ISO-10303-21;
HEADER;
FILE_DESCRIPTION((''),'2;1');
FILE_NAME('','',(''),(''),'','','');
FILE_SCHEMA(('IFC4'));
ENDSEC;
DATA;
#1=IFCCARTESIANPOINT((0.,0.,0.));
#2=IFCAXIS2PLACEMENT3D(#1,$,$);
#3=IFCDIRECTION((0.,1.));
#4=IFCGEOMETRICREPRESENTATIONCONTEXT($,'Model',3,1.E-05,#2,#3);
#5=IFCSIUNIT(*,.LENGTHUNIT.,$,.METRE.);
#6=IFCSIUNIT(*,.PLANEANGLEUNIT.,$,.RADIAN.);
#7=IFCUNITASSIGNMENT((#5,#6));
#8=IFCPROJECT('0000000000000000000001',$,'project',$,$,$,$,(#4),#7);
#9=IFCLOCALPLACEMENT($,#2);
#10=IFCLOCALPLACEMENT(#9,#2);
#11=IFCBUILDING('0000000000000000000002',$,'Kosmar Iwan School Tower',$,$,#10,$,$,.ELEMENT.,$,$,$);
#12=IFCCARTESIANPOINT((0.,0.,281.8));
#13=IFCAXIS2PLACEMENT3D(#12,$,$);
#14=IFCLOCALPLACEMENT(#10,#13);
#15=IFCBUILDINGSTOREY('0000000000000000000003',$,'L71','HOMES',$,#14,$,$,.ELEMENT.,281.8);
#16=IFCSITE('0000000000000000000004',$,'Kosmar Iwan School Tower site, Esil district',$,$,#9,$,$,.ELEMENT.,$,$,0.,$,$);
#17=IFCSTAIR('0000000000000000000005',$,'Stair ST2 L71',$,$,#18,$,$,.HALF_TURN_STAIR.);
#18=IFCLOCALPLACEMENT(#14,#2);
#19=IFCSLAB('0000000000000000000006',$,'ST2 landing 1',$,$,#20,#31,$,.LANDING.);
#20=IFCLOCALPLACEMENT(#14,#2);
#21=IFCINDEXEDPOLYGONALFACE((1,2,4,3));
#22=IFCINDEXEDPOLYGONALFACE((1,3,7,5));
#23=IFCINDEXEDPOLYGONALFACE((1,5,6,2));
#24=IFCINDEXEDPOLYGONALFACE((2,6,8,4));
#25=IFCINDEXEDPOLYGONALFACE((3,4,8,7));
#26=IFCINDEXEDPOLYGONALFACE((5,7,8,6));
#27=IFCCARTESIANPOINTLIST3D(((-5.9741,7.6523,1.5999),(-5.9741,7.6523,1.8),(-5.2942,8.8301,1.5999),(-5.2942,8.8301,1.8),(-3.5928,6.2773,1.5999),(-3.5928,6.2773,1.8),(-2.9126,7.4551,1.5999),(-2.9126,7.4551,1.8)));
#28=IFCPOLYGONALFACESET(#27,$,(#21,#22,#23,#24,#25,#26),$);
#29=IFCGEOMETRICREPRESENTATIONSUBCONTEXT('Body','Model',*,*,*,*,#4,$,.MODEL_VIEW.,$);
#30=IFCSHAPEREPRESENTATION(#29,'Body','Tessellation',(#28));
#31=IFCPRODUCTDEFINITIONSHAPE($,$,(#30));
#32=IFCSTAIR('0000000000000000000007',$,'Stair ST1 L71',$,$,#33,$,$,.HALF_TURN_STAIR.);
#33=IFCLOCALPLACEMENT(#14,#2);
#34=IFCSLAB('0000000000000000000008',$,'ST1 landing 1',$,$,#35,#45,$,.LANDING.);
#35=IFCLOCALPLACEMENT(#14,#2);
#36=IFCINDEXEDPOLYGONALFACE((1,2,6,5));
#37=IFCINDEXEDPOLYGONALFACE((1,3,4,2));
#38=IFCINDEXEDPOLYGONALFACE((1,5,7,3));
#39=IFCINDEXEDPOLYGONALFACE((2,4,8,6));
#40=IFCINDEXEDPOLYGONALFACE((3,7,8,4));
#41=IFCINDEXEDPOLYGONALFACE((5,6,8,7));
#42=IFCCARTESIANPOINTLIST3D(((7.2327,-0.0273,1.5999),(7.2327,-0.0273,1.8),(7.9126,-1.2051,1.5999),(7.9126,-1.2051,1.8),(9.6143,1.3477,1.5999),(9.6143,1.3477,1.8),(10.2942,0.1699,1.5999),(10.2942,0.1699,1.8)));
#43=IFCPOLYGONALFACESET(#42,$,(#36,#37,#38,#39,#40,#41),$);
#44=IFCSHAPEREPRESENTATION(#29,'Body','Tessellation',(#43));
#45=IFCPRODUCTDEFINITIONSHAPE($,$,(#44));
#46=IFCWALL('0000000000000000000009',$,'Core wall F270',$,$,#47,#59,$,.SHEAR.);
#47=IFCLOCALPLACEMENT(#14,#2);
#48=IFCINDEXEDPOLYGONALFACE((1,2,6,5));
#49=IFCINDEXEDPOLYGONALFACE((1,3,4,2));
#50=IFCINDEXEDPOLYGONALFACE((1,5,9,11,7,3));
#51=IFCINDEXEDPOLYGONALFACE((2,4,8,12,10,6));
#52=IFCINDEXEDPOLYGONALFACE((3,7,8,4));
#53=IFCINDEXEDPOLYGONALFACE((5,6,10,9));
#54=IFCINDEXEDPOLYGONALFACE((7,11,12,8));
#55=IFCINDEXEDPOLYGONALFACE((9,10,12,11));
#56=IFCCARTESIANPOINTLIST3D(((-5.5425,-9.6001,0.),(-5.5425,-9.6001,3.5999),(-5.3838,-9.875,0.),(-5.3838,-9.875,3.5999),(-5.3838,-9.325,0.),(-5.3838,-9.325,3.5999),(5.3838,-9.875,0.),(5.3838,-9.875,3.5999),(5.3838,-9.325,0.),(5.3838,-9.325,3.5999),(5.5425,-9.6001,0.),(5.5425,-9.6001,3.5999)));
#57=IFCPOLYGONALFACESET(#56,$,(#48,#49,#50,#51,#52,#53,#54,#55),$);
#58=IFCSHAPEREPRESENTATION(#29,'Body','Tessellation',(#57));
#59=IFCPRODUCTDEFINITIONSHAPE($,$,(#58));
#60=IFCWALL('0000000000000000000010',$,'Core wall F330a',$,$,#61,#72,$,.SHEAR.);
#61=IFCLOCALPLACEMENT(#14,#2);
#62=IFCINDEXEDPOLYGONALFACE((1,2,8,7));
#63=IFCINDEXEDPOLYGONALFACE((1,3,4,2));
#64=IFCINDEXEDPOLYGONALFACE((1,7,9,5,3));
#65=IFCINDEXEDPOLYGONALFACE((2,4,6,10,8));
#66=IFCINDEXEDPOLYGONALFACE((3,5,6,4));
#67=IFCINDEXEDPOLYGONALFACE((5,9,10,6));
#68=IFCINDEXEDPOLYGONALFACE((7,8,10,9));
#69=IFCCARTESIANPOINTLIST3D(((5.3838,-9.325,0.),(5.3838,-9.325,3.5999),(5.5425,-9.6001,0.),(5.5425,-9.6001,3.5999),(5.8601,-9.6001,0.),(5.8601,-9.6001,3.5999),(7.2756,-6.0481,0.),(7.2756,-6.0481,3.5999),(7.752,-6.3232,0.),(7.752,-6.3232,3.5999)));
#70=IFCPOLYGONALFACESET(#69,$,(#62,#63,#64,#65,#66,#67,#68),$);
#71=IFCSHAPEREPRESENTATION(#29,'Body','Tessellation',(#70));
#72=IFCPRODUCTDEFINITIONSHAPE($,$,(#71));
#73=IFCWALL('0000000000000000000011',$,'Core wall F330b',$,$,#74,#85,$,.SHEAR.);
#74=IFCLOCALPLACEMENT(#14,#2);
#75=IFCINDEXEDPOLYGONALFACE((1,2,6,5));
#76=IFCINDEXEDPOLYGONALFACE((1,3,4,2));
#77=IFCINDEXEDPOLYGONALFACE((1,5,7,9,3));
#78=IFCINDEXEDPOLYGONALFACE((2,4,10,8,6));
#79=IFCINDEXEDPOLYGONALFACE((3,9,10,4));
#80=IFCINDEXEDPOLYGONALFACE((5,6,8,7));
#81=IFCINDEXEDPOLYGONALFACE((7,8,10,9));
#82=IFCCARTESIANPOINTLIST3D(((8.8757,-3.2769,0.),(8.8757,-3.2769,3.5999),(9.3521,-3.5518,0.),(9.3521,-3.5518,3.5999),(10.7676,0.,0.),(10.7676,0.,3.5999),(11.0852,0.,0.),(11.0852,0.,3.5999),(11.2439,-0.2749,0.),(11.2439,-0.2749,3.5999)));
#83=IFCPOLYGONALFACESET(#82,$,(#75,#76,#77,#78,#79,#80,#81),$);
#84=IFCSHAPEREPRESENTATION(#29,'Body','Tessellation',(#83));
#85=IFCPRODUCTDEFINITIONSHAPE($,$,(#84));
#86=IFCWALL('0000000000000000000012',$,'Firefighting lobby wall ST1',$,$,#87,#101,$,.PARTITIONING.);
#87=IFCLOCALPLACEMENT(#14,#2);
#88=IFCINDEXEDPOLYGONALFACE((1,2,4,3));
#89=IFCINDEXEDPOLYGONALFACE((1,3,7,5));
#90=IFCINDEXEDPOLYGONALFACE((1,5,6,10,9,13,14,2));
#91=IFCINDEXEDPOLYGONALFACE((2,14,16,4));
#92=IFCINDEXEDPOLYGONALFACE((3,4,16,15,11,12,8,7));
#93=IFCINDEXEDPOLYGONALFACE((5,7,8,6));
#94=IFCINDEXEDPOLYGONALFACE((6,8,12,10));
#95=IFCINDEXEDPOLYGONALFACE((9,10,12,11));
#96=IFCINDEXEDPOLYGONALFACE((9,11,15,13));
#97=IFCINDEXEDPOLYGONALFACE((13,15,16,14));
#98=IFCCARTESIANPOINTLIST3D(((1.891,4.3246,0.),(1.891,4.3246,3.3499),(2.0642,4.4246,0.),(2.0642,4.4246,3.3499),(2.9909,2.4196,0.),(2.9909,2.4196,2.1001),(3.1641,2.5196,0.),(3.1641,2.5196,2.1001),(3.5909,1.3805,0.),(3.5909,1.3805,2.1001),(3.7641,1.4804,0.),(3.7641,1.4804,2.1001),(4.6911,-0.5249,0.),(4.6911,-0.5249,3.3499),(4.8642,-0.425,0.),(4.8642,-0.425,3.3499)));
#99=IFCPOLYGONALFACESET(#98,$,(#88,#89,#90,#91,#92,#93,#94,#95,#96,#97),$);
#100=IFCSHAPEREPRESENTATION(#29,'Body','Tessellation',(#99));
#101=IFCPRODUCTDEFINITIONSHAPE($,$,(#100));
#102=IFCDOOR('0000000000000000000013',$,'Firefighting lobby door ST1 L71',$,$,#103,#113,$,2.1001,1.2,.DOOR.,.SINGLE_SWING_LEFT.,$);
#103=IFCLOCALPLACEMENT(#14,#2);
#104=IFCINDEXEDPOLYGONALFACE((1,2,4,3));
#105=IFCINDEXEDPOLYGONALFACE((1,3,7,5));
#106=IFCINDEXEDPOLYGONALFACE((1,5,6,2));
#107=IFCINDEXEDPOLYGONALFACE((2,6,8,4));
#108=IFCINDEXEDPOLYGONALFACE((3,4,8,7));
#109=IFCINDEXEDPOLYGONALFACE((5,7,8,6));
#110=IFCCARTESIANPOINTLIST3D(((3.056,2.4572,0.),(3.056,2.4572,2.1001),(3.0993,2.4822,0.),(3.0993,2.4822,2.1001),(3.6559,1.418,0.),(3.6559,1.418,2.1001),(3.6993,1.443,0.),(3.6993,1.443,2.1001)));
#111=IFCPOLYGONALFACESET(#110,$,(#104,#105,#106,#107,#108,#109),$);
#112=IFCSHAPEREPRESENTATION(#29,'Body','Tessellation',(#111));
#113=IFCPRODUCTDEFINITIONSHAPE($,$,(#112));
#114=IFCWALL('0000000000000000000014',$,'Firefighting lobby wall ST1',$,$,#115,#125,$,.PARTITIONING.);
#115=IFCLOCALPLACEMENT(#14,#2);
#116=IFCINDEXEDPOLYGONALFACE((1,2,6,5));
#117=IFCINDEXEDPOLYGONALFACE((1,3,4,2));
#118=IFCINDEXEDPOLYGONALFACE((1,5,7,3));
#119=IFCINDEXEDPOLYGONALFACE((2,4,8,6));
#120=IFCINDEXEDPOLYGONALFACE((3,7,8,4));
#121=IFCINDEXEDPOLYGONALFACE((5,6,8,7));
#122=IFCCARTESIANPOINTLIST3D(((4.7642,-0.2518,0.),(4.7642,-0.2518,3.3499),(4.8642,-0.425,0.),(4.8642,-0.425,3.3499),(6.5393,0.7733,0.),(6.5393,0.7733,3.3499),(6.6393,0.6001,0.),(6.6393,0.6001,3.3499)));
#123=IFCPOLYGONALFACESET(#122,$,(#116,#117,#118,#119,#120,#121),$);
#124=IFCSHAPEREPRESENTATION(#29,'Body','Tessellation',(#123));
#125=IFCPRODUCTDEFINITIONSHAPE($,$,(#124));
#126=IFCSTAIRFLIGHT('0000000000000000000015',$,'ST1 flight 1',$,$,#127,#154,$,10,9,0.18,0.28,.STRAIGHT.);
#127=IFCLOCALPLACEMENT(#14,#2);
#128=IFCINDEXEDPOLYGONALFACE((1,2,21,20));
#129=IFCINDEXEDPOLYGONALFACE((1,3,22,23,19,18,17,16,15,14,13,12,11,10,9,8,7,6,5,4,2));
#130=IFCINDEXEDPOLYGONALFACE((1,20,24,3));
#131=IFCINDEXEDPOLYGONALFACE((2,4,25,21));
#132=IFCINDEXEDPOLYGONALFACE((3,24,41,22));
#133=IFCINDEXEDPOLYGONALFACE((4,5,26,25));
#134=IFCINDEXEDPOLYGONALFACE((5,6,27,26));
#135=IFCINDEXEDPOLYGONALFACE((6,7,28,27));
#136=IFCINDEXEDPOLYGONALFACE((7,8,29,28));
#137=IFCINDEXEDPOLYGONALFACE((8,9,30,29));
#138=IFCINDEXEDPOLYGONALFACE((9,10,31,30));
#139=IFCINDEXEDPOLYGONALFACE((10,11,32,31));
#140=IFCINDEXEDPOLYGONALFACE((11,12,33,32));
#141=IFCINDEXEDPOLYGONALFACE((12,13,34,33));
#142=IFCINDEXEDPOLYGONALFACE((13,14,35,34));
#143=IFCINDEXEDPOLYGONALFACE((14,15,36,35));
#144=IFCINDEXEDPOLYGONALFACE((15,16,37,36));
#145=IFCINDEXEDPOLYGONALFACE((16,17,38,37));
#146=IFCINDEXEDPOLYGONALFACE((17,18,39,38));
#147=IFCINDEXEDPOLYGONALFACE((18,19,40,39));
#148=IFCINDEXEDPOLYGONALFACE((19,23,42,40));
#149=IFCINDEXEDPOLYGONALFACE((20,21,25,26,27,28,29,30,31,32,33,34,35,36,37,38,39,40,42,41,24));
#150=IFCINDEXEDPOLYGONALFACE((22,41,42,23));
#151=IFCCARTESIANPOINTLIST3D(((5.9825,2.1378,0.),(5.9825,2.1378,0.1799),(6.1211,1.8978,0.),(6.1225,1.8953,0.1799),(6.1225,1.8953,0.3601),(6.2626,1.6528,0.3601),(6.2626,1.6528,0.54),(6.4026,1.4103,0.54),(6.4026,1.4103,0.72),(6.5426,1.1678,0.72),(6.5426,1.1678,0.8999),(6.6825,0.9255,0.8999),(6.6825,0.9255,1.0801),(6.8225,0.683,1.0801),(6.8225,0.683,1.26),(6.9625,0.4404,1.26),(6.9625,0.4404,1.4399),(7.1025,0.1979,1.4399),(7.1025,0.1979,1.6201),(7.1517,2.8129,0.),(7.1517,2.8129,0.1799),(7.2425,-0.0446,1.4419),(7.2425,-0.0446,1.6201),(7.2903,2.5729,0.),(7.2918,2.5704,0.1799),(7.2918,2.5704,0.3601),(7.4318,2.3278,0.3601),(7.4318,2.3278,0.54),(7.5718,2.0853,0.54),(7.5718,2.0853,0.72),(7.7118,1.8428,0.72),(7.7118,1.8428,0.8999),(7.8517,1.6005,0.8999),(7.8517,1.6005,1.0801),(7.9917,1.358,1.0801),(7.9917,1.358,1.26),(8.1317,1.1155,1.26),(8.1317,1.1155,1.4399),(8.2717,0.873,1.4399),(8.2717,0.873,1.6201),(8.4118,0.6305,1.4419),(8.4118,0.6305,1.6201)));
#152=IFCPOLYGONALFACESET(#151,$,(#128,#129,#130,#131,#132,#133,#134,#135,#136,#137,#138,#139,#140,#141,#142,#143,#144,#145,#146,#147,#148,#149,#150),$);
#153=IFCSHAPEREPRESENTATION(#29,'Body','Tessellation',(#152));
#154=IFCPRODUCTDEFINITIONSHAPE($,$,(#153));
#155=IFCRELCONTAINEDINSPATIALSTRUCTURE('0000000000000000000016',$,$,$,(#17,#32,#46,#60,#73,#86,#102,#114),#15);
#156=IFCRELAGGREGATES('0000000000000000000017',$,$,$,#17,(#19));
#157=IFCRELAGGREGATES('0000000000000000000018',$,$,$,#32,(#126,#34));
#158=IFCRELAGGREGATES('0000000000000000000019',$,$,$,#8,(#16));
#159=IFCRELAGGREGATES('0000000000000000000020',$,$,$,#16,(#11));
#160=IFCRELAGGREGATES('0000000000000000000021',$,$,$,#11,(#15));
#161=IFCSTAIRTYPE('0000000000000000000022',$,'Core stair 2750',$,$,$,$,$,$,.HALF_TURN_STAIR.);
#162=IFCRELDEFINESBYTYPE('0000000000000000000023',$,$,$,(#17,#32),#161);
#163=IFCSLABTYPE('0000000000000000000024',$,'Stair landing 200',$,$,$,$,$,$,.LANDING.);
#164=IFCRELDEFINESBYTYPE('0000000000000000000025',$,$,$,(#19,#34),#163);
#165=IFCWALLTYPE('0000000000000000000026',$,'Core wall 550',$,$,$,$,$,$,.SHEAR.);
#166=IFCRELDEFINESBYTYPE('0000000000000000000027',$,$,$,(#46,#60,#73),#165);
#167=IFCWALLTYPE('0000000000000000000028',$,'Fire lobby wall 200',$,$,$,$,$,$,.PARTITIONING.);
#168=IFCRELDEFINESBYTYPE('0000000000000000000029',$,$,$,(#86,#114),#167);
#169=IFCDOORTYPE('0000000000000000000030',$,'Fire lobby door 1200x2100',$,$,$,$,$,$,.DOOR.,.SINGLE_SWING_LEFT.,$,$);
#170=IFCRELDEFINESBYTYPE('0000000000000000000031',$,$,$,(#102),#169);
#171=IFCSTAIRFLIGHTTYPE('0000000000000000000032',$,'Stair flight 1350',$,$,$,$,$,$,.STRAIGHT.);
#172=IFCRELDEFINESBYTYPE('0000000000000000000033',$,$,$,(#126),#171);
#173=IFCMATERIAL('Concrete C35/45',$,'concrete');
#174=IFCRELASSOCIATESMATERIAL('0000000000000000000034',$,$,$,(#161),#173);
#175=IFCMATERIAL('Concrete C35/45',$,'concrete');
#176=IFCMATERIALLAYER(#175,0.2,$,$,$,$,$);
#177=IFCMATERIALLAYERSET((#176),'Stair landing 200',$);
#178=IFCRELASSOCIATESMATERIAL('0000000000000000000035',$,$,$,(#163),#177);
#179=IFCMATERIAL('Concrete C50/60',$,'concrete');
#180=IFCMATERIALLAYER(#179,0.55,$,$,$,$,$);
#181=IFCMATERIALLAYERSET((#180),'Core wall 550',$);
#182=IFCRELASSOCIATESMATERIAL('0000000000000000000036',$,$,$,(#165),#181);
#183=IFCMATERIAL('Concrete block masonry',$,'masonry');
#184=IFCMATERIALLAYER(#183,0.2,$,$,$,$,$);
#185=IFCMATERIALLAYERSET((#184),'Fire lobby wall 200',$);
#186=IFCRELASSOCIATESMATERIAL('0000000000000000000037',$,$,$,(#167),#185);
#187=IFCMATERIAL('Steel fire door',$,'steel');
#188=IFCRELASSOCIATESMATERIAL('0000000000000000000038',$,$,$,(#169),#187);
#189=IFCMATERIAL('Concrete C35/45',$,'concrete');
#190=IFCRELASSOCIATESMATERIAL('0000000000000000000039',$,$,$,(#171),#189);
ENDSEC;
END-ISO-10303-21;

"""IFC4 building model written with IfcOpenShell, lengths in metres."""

from ifc_helpers import new_model, si_unit, direction, frame, frame_2d, origin, place, context, subcontext, project, spatial, polyline, rectangle, outline, extrude, material, layer, layer_set, type_object, element, fill, aggregate, save


model = new_model("IFC4")

# Units and contexts
model_context = context("Model", 3, precision=1e-05, world=origin(), true_north=direction((0.0, 1.0)))
body_context = subcontext(model_context, "Body", "Model", "MODEL_VIEW")
ifc_project = project(units=[si_unit("LENGTHUNIT", "METRE"), si_unit("PLANEANGLEUNIT", "RADIAN")], contexts=[model_context])

# Site, building, storey
site_placement = place(None, origin())
site = spatial("IfcSite", under=ifc_project, at=site_placement, Name="Kosmar Iwan School Tower site, Esil district", CompositionType="ELEMENT", RefElevation=0.0)
building_placement = place(site_placement, origin())
building = spatial("IfcBuilding", under=site, at=building_placement, Name="Kosmar Iwan School Tower", CompositionType="ELEMENT")
storey_placement = place(building_placement, frame((0.0, 0.0, 281.8)))
storey = spatial("IfcBuildingStorey", under=building, at=storey_placement, Name="L71", Description="HOMES", CompositionType="ELEMENT", Elevation=281.8)

# Stairs, slabs
ifc_material_1 = material(Name="Concrete C35/45", Category="concrete")
stair_type = type_object("IfcStairType", Name="Core stair 2750", PredefinedType="HALF_TURN_STAIR", material=ifc_material_1)
stair_1_placement = place(storey_placement, origin())
stair_1 = element("IfcStair", 1, at=stair_1_placement, inside=storey, type_object=stair_type, Name="Stair ST2 L71", PredefinedType="HALF_TURN_STAIR")
ifc_material_2 = material(Name="Concrete C35/45", Category="concrete")
ifc_layer_1 = layer(ifc_material_2, 0.2)
ifc_layer_set_1 = layer_set([ifc_layer_1], Name="Stair landing 200")
slab_type = type_object("IfcSlabType", Name="Stair landing 200", PredefinedType="LANDING", material=ifc_layer_set_1)
slab_1_placement = place(storey_placement, frame((0.0, 0.0, 1.5999)))
slab_1 = element("IfcSlab", 2, at=slab_1_placement, type_object=slab_type, Name="ST2 landing 1", PredefinedType="LANDING", context=body_context, shape_type="SweptSolid", body=[
    extrude(outline(polyline([(-2.9126, 7.4551), (-5.2942, 8.8301), (-5.9741, 7.6523), (-3.5928, 6.2773), (-2.9126, 7.4551)])), origin(), (0.0, 0.0, 1.0), 0.2002),
])
aggregate(stair_1, [slab_1])
stair_2_placement = place(storey_placement, origin())
stair_2 = element("IfcStair", 3, at=stair_2_placement, inside=storey, type_object=stair_type, Name="Stair ST1 L71", PredefinedType="HALF_TURN_STAIR")
slab_2_placement = place(storey_placement, frame((0.0, 0.0, 1.5999)))
slab_2 = element("IfcSlab", 4, at=slab_2_placement, type_object=slab_type, Name="ST1 landing 1", PredefinedType="LANDING", context=body_context, shape_type="SweptSolid", body=[
    extrude(outline(polyline([(7.9126, -1.2051), (10.2942, 0.1699), (9.6143, 1.3477), (7.2327, -0.0273), (7.9126, -1.2051)])), origin(), (0.0, 0.0, 1.0), 0.2002),
])

# Walls
ifc_material_3 = material(Name="Concrete C50/60", Category="concrete")
ifc_layer_2 = layer(ifc_material_3, 0.55)
ifc_layer_set_2 = layer_set([ifc_layer_2], Name="Core wall 550")
wall_type_1 = type_object("IfcWallType", Name="Core wall 550", PredefinedType="SHEAR", material=ifc_layer_set_2)
wall_1_placement = place(storey_placement, origin())
element("IfcWall", 5, at=wall_1_placement, inside=storey, type_object=wall_type_1, Name="Core wall F270", PredefinedType="SHEAR", context=body_context, shape_type="SweptSolid", body=[
    extrude(outline(polyline([(-5.3838, -9.875), (5.3838, -9.875), (5.5425, -9.6001), (5.3838, -9.325), (-5.3838, -9.325), (-5.5425, -9.6001), (-5.3838, -9.875)])), origin(), (0.0, 0.0, 1.0), 3.5999),
])
wall_2_placement = place(storey_placement, origin())
element("IfcWall", 6, at=wall_2_placement, inside=storey, type_object=wall_type_1, Name="Core wall F330a", PredefinedType="SHEAR", context=body_context, shape_type="SweptSolid", body=[
    extrude(outline(polyline([(5.5425, -9.6001), (5.8601, -9.6001), (7.752, -6.3232), (7.2756, -6.0481), (5.3838, -9.325), (5.5425, -9.6001)])), origin(), (0.0, 0.0, 1.0), 3.5999),
])
wall_3_placement = place(storey_placement, origin())
element("IfcWall", 7, at=wall_3_placement, inside=storey, type_object=wall_type_1, Name="Core wall F330b", PredefinedType="SHEAR", context=body_context, shape_type="SweptSolid", body=[
    extrude(outline(polyline([(9.3521, -3.5518), (11.2439, -0.2749), (11.0852, 0.0), (10.7676, 0.0), (8.8757, -3.2769), (9.3521, -3.5518)])), origin(), (0.0, 0.0, 1.0), 3.5999),
])

# Wall, opening, door
ifc_material_4 = material(Name="Concrete block masonry", Category="masonry")
ifc_layer_3 = layer(ifc_material_4, 0.2)
ifc_layer_set_3 = layer_set([ifc_layer_3], Name="Fire lobby wall 200")
wall_type_2 = type_object("IfcWallType", Name="Fire lobby wall 200", PredefinedType="PARTITIONING", material=ifc_layer_set_3)
wall_4_placement = place(storey_placement, frame((4.7776, -0.4749, 0.0), z_axis=(0.0, 0.0, 1.0), x_axis=(-0.500017, 0.866016, 0.0)))
wall_4 = element("IfcWall", 8, at=wall_4_placement, inside=storey, type_object=wall_type_2, Name="Firefighting lobby wall ST1", PredefinedType="PARTITIONING", context=body_context, shape_type="SweptSolid", body=[
    extrude(rectangle(XDim=5.5999, YDim=0.2, at=frame_2d((2.7998, 0.0))), origin(), (0.0, 0.0, 1.0), 3.3499),
])
opening_placement = place(wall_4_placement, frame((2.2, 0.0, 0.0)))
opening = element("IfcOpeningElement", 9, at=opening_placement, cuts=wall_4, PredefinedType="OPENING", context=body_context, shape_type="SweptSolid", body=[
    extrude(rectangle(XDim=1.2, YDim=2.1001, at=frame_2d((0.6001, 1.05))), frame((0.0, 0.1121, 0.0), z_axis=(0.0, -1.0, 0.0), x_axis=(1.0, 0.0, 0.0)), (0.0, 0.0, 1.0), 0.2239),
])
ifc_material_5 = material(Name="Steel fire door", Category="steel")
door_type = type_object("IfcDoorType", Name="Fire lobby door 1200x2100", OperationType="SINGLE_SWING_LEFT", PredefinedType="DOOR", material=ifc_material_5)
door_placement = place(opening_placement, origin())
door = element("IfcDoor", 10, at=door_placement, inside=storey, type_object=door_type, Name="Firefighting lobby door ST1 L71", OperationType="SINGLE_SWING_LEFT", OverallHeight=2.1001, OverallWidth=1.2, PredefinedType="DOOR", context=body_context, shape_type="SweptSolid", body=[
    extrude(rectangle(XDim=1.2, YDim=2.1001, at=frame_2d((0.6001, 1.05))), frame((0.0, 0.0249, 0.0), z_axis=(0.0, -1.0, 0.0), x_axis=(1.0, 0.0, 0.0)), (0.0, 0.0, 1.0), 0.05),
])
fill(opening, door)

# Wall
wall_5_placement = place(storey_placement, frame((4.8142, -0.3384, 0.0), z_axis=(0.0, 0.0, 1.0), x_axis=(0.865969, 0.500097, 0.0)))
element("IfcWall", 11, at=wall_5_placement, inside=storey, type_object=wall_type_2, Name="Firefighting lobby wall ST1", PredefinedType="PARTITIONING", context=body_context, shape_type="SweptSolid", body=[
    extrude(rectangle(XDim=2.0498, YDim=0.2, at=frame_2d((1.0249, 0.0))), origin(), (0.0, 0.0, 1.0), 3.3499),
])

# Stair flight
ifc_material_6 = material(Name="Concrete C35/45", Category="concrete")
stair_flight_type = type_object("IfcStairFlightType", Name="Stair flight 1350", PredefinedType="STRAIGHT", material=ifc_material_6)
stair_flight_placement = place(storey_placement, frame((6.5671, 2.4753, 0.0), z_axis=(0.0, 0.0, 1.0), x_axis=(0.5, -0.866025, 0.0)))
stair_flight = element("IfcStairFlight", 12, at=stair_flight_placement, type_object=stair_flight_type, Name="ST1 flight 1", NumberOfRisers=10, NumberOfTreads=9, PredefinedType="STRAIGHT", RiserHeight=0.18, TreadLength=0.28, context=body_context, shape_type="SweptSolid", body=[
    extrude(outline(polyline([(0.0, 0.0), (0.0, 0.1799), (0.28, 0.1799), (0.28, 0.3601), (0.5601, 0.3601), (0.5601, 0.54), (0.8401, 0.54), (0.8401, 0.72), (1.1201, 0.72), (1.1201, 0.8999), (1.3999, 0.8999), (1.3999, 1.0801), (1.6799, 1.0801), (1.6799, 1.26), (1.96, 1.26), (1.96, 1.4399), (2.24, 1.4399), (2.24, 1.6201), (2.52, 1.6201), (2.52, 1.8), (2.52, 1.4419), (0.2771, 0.0), (0.0, 0.0)])), frame((0.0, 0.675, 0.0), z_axis=(0.0, -1.0, 0.0), x_axis=(1.0, 0.0, 0.0)), (0.0, 0.0, 1.0), 1.3501),
])
aggregate(stair_2, [stair_flight, slab_2])

save(model, "model.ifc")
